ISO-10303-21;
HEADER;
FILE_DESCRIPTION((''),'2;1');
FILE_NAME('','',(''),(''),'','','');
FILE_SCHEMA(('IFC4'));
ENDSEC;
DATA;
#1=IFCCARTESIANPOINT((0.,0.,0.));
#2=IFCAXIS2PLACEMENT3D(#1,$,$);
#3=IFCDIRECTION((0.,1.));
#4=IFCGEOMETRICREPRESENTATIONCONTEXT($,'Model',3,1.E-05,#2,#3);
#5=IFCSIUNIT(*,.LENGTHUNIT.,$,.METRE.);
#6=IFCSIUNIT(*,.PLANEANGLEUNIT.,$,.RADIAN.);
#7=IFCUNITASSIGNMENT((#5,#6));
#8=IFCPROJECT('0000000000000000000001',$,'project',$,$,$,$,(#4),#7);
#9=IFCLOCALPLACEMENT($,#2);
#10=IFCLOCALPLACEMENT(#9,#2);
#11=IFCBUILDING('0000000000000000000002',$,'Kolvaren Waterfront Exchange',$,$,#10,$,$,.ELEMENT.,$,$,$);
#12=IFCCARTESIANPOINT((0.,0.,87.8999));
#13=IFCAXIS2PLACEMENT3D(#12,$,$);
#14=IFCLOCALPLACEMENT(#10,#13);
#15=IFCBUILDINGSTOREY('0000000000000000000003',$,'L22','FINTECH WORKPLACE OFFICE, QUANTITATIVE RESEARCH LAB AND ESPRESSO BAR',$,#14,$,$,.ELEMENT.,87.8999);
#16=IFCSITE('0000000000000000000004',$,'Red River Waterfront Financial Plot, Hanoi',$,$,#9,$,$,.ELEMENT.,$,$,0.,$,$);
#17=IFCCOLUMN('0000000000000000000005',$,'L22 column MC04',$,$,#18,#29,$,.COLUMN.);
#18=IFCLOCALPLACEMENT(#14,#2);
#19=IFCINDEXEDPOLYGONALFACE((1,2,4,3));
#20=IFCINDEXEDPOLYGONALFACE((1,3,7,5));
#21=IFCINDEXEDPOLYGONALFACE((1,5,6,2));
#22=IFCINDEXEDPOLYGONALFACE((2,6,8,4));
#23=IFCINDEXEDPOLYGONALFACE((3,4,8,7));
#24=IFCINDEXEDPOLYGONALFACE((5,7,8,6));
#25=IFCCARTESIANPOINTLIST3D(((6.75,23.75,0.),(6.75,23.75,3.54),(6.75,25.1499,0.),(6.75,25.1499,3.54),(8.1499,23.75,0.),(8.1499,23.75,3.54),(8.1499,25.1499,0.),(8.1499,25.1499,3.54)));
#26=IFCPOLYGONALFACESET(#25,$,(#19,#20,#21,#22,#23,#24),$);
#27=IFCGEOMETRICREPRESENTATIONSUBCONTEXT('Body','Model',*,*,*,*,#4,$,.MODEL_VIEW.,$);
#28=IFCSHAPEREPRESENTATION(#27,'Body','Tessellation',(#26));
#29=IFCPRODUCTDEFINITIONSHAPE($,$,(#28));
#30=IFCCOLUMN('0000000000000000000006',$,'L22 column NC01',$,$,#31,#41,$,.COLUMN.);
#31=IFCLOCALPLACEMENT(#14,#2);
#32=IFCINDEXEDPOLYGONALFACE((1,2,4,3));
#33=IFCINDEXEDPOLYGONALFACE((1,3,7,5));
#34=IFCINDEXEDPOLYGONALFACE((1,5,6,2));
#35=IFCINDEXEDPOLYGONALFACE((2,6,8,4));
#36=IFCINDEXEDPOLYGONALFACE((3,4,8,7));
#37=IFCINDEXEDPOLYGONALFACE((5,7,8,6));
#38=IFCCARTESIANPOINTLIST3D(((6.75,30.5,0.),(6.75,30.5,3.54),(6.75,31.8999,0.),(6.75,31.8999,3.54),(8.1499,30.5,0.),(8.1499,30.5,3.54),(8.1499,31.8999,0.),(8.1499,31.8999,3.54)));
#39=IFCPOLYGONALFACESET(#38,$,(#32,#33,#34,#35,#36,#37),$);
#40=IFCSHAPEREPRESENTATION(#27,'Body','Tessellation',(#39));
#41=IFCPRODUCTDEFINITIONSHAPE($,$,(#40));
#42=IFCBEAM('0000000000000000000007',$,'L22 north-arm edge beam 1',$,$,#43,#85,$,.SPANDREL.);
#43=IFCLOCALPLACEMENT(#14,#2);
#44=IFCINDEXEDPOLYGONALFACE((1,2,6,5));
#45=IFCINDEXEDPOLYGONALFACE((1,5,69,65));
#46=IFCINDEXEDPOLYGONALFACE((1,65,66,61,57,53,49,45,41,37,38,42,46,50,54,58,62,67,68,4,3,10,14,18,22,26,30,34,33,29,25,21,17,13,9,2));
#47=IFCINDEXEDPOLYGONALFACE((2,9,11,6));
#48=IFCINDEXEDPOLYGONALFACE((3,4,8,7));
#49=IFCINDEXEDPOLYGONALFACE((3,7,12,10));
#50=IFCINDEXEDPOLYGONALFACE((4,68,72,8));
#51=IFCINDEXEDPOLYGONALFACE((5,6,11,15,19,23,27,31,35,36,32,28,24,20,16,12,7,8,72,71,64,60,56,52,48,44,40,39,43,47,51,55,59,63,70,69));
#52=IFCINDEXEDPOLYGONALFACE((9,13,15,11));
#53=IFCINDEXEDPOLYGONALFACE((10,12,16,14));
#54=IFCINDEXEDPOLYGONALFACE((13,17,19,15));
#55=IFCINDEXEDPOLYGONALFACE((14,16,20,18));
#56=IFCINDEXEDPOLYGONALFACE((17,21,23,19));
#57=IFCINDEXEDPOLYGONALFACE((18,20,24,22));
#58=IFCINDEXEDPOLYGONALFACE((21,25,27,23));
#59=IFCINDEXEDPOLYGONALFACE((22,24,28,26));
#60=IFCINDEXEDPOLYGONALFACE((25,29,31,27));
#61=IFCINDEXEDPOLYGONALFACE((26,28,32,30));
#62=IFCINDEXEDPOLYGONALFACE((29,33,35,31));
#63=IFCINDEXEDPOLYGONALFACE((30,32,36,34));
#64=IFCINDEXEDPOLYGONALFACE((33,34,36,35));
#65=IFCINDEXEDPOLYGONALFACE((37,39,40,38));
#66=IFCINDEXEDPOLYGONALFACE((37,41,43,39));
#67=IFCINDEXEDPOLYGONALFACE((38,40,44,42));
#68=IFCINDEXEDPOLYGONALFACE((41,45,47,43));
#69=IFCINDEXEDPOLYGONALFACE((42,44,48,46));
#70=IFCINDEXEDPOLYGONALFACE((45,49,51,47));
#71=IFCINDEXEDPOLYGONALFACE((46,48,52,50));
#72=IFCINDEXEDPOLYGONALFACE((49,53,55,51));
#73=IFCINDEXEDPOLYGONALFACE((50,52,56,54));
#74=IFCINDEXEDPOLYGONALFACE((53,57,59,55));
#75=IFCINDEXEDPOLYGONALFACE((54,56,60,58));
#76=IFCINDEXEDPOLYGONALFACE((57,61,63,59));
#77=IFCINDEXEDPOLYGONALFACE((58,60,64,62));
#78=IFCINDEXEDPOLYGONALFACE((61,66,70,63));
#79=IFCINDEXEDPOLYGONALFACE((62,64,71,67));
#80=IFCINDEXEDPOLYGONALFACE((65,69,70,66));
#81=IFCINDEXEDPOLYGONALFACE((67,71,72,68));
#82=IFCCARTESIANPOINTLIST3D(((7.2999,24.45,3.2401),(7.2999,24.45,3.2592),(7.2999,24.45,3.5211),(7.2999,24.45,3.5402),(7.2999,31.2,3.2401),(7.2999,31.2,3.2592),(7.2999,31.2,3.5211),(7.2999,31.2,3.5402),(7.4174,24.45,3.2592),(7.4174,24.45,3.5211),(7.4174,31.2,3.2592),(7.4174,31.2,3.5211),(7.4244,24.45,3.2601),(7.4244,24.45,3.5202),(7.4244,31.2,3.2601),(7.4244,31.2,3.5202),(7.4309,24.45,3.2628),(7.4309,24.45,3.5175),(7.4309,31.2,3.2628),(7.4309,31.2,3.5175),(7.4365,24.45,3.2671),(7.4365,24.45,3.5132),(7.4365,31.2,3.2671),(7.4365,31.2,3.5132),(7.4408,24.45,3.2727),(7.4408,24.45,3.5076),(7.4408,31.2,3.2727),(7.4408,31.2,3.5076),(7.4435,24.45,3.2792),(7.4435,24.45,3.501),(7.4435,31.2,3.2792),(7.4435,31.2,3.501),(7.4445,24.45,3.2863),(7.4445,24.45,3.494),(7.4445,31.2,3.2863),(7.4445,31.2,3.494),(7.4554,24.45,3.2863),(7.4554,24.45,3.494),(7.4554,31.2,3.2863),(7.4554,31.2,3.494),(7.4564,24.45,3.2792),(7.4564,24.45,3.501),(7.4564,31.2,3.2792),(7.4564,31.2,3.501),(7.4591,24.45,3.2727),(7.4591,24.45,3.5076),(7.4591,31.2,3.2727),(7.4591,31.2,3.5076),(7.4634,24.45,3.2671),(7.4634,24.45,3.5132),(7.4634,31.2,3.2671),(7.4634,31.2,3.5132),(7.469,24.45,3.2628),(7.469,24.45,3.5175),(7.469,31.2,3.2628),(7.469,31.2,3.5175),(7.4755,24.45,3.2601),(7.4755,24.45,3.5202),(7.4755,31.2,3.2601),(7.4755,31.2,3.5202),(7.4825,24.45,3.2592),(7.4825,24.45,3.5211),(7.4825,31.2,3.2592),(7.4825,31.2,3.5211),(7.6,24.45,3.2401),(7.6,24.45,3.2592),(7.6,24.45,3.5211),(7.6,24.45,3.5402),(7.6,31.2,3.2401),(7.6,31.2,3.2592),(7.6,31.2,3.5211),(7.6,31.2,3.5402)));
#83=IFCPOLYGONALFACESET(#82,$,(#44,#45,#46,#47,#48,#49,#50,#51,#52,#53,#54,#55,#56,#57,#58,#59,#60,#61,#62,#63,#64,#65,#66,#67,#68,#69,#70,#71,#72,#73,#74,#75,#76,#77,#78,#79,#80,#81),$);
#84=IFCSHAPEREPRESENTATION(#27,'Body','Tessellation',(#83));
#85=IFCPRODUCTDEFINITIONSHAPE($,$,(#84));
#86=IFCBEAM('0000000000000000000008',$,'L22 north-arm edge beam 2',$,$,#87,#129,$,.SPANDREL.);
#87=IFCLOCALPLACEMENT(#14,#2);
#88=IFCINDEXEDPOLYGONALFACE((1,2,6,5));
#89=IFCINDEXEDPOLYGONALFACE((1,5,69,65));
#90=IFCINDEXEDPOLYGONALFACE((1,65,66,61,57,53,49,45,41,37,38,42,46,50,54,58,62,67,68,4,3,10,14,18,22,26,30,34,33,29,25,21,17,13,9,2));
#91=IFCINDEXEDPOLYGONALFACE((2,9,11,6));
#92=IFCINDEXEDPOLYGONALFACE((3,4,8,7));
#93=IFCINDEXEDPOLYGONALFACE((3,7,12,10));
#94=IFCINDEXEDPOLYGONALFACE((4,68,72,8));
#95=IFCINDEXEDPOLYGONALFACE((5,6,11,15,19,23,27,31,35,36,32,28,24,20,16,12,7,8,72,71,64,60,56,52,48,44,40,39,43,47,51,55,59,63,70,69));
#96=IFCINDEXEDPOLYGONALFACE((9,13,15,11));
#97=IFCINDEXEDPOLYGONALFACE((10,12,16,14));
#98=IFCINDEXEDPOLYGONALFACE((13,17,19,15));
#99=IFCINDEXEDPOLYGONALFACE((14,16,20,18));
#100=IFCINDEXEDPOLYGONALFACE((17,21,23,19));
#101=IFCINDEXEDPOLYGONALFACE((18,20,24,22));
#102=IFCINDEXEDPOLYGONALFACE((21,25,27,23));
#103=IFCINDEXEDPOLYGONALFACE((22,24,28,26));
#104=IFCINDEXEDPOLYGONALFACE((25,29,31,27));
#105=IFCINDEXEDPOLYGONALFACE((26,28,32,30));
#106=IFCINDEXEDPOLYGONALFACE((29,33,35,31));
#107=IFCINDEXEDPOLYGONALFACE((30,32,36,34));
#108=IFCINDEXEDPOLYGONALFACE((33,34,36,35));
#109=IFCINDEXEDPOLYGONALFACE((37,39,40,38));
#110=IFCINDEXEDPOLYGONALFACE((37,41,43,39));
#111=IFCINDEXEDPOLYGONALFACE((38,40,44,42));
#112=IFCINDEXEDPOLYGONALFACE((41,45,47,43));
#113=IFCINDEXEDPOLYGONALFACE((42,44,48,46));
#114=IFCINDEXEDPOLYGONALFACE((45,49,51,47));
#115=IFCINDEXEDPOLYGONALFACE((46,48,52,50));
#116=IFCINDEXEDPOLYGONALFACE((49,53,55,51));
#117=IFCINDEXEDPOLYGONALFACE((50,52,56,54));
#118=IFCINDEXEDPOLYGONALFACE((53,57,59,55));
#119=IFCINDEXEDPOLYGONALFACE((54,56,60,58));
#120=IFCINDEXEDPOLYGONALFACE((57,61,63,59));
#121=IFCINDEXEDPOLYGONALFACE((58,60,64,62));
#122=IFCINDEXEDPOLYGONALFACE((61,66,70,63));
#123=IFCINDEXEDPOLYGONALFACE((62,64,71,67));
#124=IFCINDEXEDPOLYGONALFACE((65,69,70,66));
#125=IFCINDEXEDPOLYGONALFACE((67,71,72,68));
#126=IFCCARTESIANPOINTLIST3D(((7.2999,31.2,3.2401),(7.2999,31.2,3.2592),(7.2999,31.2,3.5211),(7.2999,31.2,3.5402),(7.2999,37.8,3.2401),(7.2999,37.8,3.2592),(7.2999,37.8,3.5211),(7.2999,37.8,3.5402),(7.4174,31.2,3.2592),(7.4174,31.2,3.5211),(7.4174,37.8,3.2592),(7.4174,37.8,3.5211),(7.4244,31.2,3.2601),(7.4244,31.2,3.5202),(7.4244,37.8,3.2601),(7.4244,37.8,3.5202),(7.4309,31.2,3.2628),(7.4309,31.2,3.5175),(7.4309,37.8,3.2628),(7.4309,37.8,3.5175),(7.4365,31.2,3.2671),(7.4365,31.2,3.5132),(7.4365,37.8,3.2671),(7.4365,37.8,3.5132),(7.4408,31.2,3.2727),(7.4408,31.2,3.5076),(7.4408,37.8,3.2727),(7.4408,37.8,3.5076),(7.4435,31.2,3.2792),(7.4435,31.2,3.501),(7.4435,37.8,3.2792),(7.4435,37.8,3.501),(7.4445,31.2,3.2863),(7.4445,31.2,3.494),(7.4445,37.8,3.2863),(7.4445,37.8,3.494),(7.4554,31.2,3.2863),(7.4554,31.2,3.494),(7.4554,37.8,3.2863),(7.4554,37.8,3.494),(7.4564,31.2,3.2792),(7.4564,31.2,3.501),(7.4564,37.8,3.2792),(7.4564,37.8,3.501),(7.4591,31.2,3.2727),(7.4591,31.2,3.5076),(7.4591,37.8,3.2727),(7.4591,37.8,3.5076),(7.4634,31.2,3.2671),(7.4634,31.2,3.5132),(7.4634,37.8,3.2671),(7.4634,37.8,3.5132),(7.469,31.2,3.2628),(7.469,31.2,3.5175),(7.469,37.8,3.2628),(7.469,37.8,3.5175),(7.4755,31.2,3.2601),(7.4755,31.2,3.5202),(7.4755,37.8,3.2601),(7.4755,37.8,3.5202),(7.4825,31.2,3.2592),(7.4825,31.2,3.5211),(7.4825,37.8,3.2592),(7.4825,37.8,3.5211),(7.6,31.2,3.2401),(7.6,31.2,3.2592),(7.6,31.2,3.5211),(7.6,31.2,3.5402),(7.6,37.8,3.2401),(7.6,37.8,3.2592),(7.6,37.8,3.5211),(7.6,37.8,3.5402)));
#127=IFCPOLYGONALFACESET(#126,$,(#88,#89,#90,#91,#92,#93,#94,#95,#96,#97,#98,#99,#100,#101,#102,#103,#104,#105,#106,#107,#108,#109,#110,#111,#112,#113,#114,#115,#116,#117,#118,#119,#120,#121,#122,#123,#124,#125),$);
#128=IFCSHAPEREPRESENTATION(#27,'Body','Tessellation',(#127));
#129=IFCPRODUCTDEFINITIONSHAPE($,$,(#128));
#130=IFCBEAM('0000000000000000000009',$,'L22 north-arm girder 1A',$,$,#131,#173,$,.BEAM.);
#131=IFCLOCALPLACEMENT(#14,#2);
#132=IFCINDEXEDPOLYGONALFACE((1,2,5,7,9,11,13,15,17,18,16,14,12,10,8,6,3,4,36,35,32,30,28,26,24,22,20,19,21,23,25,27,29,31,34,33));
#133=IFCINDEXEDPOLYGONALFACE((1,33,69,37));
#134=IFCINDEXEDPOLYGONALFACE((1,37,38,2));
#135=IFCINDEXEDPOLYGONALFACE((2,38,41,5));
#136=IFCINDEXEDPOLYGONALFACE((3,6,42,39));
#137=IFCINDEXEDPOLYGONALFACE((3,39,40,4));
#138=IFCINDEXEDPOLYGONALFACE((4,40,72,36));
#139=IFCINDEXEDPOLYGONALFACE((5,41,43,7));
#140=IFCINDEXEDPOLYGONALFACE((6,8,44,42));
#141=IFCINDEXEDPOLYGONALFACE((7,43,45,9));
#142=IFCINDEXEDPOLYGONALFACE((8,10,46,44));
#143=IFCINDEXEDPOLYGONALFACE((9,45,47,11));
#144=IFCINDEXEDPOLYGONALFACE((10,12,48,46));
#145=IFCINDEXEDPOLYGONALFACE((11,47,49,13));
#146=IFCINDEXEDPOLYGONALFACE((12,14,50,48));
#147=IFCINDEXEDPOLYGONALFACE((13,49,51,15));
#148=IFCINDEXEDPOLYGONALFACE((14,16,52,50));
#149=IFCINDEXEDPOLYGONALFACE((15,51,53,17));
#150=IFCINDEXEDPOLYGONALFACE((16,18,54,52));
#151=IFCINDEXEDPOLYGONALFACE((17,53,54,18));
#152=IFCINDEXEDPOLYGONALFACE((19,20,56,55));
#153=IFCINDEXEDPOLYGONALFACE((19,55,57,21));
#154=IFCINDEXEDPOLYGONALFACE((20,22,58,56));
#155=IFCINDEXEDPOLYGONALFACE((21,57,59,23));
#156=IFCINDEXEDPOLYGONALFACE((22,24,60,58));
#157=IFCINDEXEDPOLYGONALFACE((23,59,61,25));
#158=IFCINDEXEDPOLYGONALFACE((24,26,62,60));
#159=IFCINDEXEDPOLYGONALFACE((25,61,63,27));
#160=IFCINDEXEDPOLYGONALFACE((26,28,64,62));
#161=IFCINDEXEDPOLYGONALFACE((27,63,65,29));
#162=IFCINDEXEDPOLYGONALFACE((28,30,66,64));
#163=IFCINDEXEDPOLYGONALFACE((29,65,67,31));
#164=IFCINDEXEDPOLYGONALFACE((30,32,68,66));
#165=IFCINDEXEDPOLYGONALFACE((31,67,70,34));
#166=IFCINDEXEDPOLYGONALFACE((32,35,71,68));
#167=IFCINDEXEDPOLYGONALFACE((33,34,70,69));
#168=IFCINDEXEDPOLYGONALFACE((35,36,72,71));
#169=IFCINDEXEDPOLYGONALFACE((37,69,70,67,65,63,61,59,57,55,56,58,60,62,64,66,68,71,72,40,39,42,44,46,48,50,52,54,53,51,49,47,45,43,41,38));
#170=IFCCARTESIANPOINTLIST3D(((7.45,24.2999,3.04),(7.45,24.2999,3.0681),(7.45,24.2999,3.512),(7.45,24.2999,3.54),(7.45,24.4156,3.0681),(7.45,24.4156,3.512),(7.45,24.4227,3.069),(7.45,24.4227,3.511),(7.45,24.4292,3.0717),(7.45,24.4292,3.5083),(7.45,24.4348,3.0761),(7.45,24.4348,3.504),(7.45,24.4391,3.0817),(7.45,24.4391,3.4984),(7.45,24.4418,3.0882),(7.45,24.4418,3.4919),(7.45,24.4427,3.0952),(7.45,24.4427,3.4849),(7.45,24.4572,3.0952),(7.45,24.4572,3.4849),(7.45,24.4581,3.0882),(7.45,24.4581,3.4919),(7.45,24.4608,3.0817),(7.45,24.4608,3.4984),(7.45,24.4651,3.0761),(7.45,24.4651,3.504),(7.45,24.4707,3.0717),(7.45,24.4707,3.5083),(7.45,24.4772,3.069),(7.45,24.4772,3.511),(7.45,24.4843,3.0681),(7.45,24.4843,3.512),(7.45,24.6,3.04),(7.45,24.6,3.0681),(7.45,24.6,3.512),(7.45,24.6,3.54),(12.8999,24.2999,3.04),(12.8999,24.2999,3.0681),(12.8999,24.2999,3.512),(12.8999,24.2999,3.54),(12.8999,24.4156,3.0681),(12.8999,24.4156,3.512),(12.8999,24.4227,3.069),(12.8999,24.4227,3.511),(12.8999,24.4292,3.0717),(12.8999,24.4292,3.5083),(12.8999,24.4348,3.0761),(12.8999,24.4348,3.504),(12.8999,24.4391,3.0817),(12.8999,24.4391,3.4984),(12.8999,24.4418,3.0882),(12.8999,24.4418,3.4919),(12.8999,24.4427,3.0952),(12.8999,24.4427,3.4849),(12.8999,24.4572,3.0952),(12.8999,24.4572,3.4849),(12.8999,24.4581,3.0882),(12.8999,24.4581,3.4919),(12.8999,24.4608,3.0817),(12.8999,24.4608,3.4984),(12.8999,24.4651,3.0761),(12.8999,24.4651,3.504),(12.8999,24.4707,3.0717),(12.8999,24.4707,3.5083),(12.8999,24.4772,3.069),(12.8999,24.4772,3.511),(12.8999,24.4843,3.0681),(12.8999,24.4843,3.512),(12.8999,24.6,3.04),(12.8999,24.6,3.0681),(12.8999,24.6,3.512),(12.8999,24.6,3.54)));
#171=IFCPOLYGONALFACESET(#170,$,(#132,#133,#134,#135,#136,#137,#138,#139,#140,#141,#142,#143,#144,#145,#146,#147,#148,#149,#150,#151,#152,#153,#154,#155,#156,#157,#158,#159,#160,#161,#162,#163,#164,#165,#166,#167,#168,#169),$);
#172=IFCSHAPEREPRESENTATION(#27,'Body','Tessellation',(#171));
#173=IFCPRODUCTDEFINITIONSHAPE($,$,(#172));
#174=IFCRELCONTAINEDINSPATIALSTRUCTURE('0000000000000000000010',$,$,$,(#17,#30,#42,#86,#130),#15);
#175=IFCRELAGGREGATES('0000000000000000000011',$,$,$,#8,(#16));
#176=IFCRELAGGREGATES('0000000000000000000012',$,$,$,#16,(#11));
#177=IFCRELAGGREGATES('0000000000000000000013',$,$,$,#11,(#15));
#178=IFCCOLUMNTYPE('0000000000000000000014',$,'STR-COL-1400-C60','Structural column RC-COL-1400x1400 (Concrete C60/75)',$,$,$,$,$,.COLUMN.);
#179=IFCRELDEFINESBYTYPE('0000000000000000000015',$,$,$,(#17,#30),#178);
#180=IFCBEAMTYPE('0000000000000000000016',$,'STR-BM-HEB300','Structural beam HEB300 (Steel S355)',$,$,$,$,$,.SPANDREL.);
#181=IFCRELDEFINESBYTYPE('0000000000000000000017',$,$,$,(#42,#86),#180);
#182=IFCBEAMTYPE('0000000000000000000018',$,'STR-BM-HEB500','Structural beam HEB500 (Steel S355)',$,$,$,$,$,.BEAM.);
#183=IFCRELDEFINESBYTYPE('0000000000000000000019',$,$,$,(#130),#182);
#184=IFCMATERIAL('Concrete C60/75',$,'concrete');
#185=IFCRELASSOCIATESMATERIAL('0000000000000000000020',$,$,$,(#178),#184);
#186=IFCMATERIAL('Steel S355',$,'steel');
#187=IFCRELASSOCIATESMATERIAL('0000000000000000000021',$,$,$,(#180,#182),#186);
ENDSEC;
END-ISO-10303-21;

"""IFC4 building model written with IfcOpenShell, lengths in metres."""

from ifc_helpers import new_model, si_unit, direction, frame, origin, origin_2d, place, context, subcontext, project, spatial, rectangle, i_section, extrude, material, material_profile, profile_set, type_object, element, save


model = new_model("IFC4")

# Units and contexts
model_context = context("Model", 3, precision=1e-05, world=origin(), true_north=direction((0.0, 1.0)))
body_context = subcontext(model_context, "Body", "Model", "MODEL_VIEW")
ifc_project = project(units=[si_unit("LENGTHUNIT", "METRE"), si_unit("PLANEANGLEUNIT", "RADIAN")], contexts=[model_context])

# Site, building, storey
site_placement = place(None, origin())
site = spatial("IfcSite", under=ifc_project, at=site_placement, Name="Red River Waterfront Financial Plot, Hanoi", CompositionType="ELEMENT", RefElevation=0.0)
building_placement = place(site_placement, origin())
building = spatial("IfcBuilding", under=site, at=building_placement, Name="Kolvaren Waterfront Exchange", CompositionType="ELEMENT")
storey_placement = place(building_placement, frame((0.0, 0.0, 87.8999)))
storey = spatial("IfcBuildingStorey", under=building, at=storey_placement, Name="L22", Description="FINTECH WORKPLACE OFFICE, QUANTITATIVE RESEARCH LAB AND ESPRESSO BAR", CompositionType="ELEMENT", Elevation=87.8999)

# Columns
ifc_material_1 = material(Name="Concrete C60/75", Category="concrete")
ifc_material_profile_1 = material_profile(ifc_material_1, rectangle(XDim=1.3999, YDim=1.3999, at=origin_2d()), Name="RC-COL-1400x1400")
ifc_profile_set_1 = profile_set([ifc_material_profile_1], Name="Concrete C60/75")
column_type = type_object("IfcColumnType", Name="STR-COL-1400-C60", Description="Structural column RC-COL-1400x1400 (Concrete C60/75)", PredefinedType="COLUMN", material=ifc_profile_set_1)
for number, where, z_axis, x_axis, name in (
    (1, (7.45, 24.45, 0.0), (0.0, 0.0, 1.0), (1.0, 0.0, 0.0), "L22 column MC04"),
    (2, (7.45, 31.2, 0.0), (0.0, 0.0, 1.0), (1.0, 0.0, 0.0), "L22 column NC01"),
):
    element("IfcColumn", number, at=place(storey_placement, frame(where, z_axis=z_axis, x_axis=x_axis)), inside=storey, type_object=column_type, Name=name, PredefinedType="COLUMN", context=body_context, shape_type="SweptSolid", body=[
        extrude(rectangle(XDim=1.3999, YDim=1.3999, at=origin_2d()), origin(), (0.0, 0.0, 1.0), 3.54),
    ])

# Beams
ifc_material_2 = material(Name="Steel S355", Category="steel")
ifc_material_profile_2 = material_profile(ifc_material_2, i_section(OverallWidth=0.3, OverallDepth=0.3, WebThickness=0.011, FlangeThickness=0.019, FilletRadius=0.0271, at=origin_2d()), Name="HEB300")
ifc_profile_set_2 = profile_set([ifc_material_profile_2], Name="Steel S355")
beam_type_1 = type_object("IfcBeamType", Name="STR-BM-HEB300", Description="Structural beam HEB300 (Steel S355)", PredefinedType="SPANDREL", material=ifc_profile_set_2)
beam_1_placement = place(storey_placement, frame((7.45, 24.45, 3.3901), z_axis=(0.0, 1.0, 0.0), x_axis=(-1.0, 0.0, 0.0)))
element("IfcBeam", 3, at=beam_1_placement, inside=storey, type_object=beam_type_1, Name="L22 north-arm edge beam 1", PredefinedType="SPANDREL", context=body_context, shape_type="SweptSolid", body=[
    extrude(i_section(OverallWidth=0.3, OverallDepth=0.3, WebThickness=0.011, FlangeThickness=0.019, FilletRadius=0.0271, at=origin_2d()), origin(), (0.0, 0.0, 1.0), 6.75),
])
beam_2_placement = place(storey_placement, frame((7.45, 31.2, 3.3901), z_axis=(0.0, 1.0, 0.0), x_axis=(-1.0, 0.0, 0.0)))
element("IfcBeam", 4, at=beam_2_placement, inside=storey, type_object=beam_type_1, Name="L22 north-arm edge beam 2", PredefinedType="SPANDREL", context=body_context, shape_type="SweptSolid", body=[
    extrude(i_section(OverallWidth=0.3, OverallDepth=0.3, WebThickness=0.011, FlangeThickness=0.019, FilletRadius=0.0271, at=origin_2d()), origin(), (0.0, 0.0, 1.0), 6.6001),
])
ifc_material_profile_3 = material_profile(ifc_material_2, i_section(OverallWidth=0.3, OverallDepth=0.5, WebThickness=0.0144, FlangeThickness=0.0281, FilletRadius=0.0271, at=origin_2d()), Name="HEB500")
ifc_profile_set_3 = profile_set([ifc_material_profile_3], Name="Steel S355")
beam_type_2 = type_object("IfcBeamType", Name="STR-BM-HEB500", Description="Structural beam HEB500 (Steel S355)", PredefinedType="BEAM", material=ifc_profile_set_3)
for number, where, z_axis, x_axis, name in (
    (5, (7.45, 24.45, 3.29), (1.0, 0.0, 0.0), (0.0, 1.0, 0.0), "L22 north-arm girder 1A"),
):
    element("IfcBeam", number, at=place(storey_placement, frame(where, z_axis=z_axis, x_axis=x_axis)), inside=storey, type_object=beam_type_2, Name=name, PredefinedType="BEAM", context=body_context, shape_type="SweptSolid", body=[
        extrude(i_section(OverallWidth=0.3, OverallDepth=0.5, WebThickness=0.0144, FlangeThickness=0.0281, FilletRadius=0.0271, at=origin_2d()), origin(), (0.0, 0.0, 1.0), 5.45),
    ])

save(model, "model.ifc")
